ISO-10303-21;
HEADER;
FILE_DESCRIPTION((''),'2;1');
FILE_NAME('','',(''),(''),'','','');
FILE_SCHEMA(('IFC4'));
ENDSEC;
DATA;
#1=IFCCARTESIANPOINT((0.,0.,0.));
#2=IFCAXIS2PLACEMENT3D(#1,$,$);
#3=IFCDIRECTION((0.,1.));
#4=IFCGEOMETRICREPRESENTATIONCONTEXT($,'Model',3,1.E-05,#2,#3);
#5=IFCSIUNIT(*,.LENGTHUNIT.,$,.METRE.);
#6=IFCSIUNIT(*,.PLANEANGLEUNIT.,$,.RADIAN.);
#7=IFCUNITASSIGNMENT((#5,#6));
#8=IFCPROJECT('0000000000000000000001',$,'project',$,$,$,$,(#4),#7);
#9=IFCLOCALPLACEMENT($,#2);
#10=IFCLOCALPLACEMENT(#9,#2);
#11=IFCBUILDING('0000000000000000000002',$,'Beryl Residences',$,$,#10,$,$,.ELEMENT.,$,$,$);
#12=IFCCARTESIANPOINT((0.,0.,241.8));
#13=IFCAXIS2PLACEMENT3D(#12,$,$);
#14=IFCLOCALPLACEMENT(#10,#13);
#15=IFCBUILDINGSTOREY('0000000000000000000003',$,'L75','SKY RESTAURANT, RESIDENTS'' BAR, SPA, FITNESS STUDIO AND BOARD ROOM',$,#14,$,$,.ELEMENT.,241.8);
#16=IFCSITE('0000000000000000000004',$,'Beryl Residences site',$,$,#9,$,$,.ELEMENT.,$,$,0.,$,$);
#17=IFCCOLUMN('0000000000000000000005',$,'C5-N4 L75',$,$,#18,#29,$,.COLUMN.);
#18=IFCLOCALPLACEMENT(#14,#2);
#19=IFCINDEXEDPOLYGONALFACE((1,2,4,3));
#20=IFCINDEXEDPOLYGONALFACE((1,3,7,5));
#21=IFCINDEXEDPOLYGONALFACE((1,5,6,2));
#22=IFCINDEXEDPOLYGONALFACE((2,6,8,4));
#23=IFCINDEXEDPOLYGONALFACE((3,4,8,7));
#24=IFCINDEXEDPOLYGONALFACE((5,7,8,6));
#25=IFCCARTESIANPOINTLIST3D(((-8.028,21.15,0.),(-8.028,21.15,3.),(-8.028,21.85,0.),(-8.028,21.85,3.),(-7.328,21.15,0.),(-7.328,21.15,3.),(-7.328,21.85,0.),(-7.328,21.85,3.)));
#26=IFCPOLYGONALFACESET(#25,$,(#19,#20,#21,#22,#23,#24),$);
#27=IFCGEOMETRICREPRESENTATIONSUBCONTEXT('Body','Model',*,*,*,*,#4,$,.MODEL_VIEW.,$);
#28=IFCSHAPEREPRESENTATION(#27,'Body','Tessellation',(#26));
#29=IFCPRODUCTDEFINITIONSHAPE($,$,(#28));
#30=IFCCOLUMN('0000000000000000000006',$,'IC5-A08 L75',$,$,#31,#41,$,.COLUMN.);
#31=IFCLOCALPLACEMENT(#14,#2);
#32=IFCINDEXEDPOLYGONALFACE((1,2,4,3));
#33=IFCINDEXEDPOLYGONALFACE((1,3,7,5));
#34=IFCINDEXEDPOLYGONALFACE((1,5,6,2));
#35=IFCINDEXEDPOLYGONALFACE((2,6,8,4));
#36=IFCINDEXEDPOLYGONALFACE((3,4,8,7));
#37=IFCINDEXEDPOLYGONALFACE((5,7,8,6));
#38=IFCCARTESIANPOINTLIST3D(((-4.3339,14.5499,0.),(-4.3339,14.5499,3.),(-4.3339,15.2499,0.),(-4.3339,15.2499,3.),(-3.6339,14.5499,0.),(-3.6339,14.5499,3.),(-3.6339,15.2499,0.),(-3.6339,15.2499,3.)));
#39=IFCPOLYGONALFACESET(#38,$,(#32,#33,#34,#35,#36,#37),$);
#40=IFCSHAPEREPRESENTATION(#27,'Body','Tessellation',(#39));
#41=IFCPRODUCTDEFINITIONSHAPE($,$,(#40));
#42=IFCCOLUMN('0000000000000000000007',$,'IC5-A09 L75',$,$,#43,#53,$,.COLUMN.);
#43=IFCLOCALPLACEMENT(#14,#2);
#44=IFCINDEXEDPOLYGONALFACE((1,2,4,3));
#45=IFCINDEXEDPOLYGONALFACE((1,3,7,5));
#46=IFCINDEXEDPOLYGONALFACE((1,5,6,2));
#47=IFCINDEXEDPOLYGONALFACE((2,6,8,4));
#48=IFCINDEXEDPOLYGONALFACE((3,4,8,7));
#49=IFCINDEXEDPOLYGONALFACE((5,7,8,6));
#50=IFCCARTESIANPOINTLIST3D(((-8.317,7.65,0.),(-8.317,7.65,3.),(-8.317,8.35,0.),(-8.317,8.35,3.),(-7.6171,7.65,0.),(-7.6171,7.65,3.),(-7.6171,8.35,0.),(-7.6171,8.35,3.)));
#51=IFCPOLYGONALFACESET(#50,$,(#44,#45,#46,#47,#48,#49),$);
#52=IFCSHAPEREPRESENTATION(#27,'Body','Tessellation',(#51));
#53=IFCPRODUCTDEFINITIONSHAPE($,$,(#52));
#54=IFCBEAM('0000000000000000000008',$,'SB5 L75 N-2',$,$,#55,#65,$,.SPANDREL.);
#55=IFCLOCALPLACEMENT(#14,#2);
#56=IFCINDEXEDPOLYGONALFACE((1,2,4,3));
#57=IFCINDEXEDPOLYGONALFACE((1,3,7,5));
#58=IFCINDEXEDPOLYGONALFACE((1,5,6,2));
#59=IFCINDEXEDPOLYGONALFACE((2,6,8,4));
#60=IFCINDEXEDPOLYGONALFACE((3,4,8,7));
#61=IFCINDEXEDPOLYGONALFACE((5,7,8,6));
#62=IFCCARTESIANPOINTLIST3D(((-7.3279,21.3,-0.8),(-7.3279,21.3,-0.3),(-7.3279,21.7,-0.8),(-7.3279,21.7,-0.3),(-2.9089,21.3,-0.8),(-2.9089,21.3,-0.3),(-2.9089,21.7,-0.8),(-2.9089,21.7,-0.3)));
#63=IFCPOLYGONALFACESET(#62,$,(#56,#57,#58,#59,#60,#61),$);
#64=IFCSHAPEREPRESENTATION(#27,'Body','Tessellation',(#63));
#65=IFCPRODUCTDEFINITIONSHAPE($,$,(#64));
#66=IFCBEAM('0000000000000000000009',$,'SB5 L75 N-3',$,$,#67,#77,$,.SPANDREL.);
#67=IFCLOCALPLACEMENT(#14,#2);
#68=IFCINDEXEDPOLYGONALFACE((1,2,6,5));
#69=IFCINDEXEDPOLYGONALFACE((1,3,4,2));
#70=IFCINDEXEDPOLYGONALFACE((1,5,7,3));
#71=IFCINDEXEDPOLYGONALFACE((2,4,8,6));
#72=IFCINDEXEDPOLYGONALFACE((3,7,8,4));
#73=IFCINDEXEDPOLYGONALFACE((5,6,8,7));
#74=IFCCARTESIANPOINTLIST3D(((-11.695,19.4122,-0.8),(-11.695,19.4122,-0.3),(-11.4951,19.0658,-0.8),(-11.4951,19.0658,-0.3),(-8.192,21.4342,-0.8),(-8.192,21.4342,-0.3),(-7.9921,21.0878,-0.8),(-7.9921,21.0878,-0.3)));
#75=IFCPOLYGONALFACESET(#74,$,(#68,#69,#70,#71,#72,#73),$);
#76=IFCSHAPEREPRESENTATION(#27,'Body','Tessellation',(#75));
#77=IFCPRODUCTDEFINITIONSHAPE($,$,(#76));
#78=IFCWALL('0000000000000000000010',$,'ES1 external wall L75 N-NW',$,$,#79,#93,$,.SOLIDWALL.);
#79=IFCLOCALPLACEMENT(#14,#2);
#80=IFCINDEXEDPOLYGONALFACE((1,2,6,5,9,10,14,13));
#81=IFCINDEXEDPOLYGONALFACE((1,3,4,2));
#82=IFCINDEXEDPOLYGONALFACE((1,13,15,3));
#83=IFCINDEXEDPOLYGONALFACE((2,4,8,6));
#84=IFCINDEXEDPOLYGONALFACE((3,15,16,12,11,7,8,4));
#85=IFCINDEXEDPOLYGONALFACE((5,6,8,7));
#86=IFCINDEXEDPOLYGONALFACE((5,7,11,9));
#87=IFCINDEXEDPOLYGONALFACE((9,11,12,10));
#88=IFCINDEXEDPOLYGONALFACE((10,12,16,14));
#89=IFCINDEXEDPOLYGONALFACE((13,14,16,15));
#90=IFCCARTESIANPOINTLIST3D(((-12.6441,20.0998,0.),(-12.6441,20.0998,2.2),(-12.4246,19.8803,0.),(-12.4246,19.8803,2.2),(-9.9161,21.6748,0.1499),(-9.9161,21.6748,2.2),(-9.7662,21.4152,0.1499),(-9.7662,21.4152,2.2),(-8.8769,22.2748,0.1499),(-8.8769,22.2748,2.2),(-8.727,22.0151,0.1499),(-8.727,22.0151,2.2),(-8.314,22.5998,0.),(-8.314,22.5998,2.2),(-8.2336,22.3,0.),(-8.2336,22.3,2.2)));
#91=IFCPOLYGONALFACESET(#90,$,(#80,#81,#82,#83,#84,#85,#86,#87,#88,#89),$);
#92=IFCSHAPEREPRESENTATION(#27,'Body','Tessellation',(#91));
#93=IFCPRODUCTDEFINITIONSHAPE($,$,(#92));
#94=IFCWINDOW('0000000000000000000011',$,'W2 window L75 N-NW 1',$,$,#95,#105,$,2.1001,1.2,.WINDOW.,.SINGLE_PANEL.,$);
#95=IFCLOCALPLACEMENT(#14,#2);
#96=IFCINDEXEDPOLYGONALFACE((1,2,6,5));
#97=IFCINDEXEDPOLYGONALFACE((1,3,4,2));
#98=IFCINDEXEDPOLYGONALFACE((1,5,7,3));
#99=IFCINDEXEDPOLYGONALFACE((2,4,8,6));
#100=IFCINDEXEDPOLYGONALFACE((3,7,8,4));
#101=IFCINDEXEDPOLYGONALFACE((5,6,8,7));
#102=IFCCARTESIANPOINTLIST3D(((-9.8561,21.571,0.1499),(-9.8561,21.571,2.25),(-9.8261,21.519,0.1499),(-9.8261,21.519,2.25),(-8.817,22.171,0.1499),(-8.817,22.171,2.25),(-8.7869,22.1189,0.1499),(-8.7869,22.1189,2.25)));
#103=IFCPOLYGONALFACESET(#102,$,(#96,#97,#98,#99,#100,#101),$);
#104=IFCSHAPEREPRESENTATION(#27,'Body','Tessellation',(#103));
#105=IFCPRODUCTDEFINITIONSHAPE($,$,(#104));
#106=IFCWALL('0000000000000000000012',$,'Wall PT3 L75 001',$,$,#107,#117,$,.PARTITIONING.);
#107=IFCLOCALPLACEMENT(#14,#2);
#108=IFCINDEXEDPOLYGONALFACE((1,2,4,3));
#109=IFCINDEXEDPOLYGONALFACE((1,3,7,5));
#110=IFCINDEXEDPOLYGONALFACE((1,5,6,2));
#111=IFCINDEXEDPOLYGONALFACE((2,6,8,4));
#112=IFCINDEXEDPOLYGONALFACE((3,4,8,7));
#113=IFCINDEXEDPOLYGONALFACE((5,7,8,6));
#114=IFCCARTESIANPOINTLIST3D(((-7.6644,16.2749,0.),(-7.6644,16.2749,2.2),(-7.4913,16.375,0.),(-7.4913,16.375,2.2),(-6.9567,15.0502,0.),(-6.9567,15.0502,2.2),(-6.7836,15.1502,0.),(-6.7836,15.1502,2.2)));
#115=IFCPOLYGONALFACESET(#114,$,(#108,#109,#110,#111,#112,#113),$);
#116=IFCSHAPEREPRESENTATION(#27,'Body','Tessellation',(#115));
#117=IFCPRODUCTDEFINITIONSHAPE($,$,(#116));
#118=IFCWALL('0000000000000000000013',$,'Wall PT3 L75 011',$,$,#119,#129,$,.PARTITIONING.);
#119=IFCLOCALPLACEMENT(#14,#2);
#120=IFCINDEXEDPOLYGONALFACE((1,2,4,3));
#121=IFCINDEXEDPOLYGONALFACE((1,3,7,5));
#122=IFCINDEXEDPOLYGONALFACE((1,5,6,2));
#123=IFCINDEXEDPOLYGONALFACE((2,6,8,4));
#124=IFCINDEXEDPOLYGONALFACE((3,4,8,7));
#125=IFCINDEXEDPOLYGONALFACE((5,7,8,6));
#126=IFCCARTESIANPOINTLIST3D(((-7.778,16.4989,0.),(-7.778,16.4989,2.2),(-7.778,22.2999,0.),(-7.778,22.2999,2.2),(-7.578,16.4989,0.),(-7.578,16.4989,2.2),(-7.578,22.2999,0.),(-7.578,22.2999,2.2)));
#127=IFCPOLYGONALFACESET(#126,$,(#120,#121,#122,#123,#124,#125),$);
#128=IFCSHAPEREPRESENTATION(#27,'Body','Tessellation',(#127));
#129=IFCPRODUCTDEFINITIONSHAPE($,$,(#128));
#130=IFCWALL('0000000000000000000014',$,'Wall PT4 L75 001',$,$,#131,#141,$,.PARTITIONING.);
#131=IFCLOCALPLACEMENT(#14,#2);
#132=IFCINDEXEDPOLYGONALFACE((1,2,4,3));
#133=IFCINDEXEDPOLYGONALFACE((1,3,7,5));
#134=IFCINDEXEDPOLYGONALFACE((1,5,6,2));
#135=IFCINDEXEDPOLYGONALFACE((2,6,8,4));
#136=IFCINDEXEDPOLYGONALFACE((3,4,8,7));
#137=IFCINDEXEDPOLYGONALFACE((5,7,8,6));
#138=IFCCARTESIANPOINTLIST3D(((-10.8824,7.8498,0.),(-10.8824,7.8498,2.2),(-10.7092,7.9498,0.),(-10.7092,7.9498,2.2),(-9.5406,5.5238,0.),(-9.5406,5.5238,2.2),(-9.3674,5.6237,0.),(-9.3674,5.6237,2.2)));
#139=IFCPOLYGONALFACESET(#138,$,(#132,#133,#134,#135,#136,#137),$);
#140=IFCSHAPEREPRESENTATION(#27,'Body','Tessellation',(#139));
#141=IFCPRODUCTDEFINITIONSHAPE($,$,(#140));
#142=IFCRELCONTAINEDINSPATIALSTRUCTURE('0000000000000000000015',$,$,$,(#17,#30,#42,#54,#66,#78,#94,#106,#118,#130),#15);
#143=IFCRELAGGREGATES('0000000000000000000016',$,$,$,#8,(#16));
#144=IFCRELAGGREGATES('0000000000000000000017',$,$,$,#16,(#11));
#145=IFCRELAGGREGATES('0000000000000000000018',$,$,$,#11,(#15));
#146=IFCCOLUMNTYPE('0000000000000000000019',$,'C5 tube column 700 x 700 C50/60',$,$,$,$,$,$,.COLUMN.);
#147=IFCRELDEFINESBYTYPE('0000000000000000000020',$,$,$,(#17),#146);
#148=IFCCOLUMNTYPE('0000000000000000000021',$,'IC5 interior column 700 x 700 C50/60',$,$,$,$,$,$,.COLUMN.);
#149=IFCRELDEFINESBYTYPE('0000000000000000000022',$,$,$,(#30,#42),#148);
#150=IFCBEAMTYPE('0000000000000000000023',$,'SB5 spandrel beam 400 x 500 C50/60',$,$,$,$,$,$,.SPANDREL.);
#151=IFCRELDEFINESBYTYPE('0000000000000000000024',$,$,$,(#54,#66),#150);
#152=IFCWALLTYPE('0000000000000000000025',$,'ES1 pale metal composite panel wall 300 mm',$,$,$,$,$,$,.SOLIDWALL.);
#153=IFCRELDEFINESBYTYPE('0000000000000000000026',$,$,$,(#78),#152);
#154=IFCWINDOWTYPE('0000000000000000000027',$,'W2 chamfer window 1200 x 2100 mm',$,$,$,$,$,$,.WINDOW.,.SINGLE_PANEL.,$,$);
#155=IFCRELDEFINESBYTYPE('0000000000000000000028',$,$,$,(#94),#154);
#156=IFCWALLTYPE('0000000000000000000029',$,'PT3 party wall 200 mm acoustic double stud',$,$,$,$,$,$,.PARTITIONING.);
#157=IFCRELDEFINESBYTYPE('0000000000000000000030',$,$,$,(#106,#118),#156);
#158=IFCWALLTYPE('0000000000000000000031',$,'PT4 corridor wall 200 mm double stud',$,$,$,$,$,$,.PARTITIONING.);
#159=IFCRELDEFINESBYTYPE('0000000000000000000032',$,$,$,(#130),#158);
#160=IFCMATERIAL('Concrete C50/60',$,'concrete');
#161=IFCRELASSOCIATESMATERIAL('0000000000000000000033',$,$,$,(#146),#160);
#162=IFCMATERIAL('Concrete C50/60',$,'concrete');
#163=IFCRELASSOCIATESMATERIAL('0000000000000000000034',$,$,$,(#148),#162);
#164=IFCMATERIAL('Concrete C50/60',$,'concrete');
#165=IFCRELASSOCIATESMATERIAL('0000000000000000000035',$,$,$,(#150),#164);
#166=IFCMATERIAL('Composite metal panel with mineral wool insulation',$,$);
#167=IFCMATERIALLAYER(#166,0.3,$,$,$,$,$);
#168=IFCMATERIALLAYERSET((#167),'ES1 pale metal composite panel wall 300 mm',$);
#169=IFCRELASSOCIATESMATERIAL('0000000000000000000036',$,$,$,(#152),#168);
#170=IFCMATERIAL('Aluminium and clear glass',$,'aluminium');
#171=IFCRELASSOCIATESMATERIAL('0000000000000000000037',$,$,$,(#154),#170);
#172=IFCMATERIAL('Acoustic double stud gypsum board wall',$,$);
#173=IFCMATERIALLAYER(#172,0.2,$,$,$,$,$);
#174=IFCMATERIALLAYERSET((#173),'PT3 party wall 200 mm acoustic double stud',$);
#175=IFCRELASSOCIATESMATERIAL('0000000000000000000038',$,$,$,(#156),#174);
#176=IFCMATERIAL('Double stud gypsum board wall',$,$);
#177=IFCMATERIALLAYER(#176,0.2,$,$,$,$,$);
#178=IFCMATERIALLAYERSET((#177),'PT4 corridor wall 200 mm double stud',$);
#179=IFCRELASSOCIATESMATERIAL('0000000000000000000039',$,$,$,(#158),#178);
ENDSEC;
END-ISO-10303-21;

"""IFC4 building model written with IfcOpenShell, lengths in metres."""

from ifc_helpers import new_model, si_unit, direction, frame, frame_2d, origin, origin_2d, place, context, subcontext, project, spatial, polyline, rectangle, outline, extrude, material, layer, layer_set, material_profile, profile_set, type_object, element, fill, save


model = new_model("IFC4")

# Units and contexts
model_context = context("Model", 3, precision=1e-05, world=origin(), true_north=direction((0.0, 1.0)))
body_context = subcontext(model_context, "Body", "Model", "MODEL_VIEW")
ifc_project = project(units=[si_unit("LENGTHUNIT", "METRE"), si_unit("PLANEANGLEUNIT", "RADIAN")], contexts=[model_context])

# Site, building, storey
site_placement = place(None, origin())
site = spatial("IfcSite", under=ifc_project, at=site_placement, Name="Beryl Residences site", CompositionType="ELEMENT", RefElevation=0.0)
building_placement = place(site_placement, origin())
building = spatial("IfcBuilding", under=site, at=building_placement, Name="Beryl Residences", CompositionType="ELEMENT")
storey_placement = place(building_placement, frame((0.0, 0.0, 241.8)))
storey = spatial("IfcBuildingStorey", under=building, at=storey_placement, Name="L75", Description="SKY RESTAURANT, RESIDENTS' BAR, SPA, FITNESS STUDIO AND BOARD ROOM", CompositionType="ELEMENT", Elevation=241.8)

# Columns
ifc_material_1 = material(Name="Concrete C50/60", Category="concrete")
ifc_material_profile_1 = material_profile(ifc_material_1, rectangle(XDim=0.7, YDim=0.7, at=origin_2d()))
ifc_profile_set_1 = profile_set([ifc_material_profile_1], Name="Concrete C50/60")
column_type_1 = type_object("IfcColumnType", Name="C5 tube column 700 x 700 C50/60", PredefinedType="COLUMN", material=ifc_profile_set_1)
column_placement = place(storey_placement, frame((-7.678, 21.5, 0.0), z_axis=(0.0, 0.0, 1.0), x_axis=(-1.0, 0.0, 0.0)))
element("IfcColumn", 1, at=column_placement, inside=storey, type_object=column_type_1, Name="C5-N4 L75", PredefinedType="COLUMN", context=body_context, shape_type="SweptSolid", body=[
    extrude(rectangle(XDim=0.7, YDim=0.7, at=origin_2d()), origin(), (0.0, 0.0, 1.0), 3.0),
])
ifc_material_2 = material(Name="Concrete C50/60", Category="concrete")
ifc_material_profile_2 = material_profile(ifc_material_2, rectangle(XDim=0.7, YDim=0.7, at=origin_2d()))
ifc_profile_set_2 = profile_set([ifc_material_profile_2], Name="Concrete C50/60")
column_type_2 = type_object("IfcColumnType", Name="IC5 interior column 700 x 700 C50/60", PredefinedType="COLUMN", material=ifc_profile_set_2)
for number, where, z_axis, x_axis, name in (
    (2, (-3.9839, 14.8999, 0.0), (0.0, 0.0, 1.0), (1.0, 0.0, 0.0), "IC5-A08 L75"),
    (3, (-7.967, 8.0, 0.0), (0.0, 0.0, 1.0), (1.0, 0.0, 0.0), "IC5-A09 L75"),
):
    element("IfcColumn", number, at=place(storey_placement, frame(where, z_axis=z_axis, x_axis=x_axis)), inside=storey, type_object=column_type_2, Name=name, PredefinedType="COLUMN", context=body_context, shape_type="SweptSolid", body=[
        extrude(rectangle(XDim=0.7, YDim=0.7, at=origin_2d()), origin(), (0.0, 0.0, 1.0), 3.0),
    ])

# Beams
ifc_material_3 = material(Name="Concrete C50/60", Category="concrete")
ifc_material_profile_3 = material_profile(ifc_material_3, rectangle(XDim=0.3999, YDim=0.5, at=origin_2d()))
ifc_profile_set_3 = profile_set([ifc_material_profile_3], Name="Concrete C50/60")
beam_type = type_object("IfcBeamType", Name="SB5 spandrel beam 400 x 500 C50/60", PredefinedType="SPANDREL", material=ifc_profile_set_3)
beam_1_placement = place(storey_placement, frame((-2.9089, 21.5, -0.55), z_axis=(-1.0, 0.0, 0.0), x_axis=(0.0, -1.0, 0.0)))
element("IfcBeam", 4, at=beam_1_placement, inside=storey, type_object=beam_type, Name="SB5 L75 N-2", PredefinedType="SPANDREL", context=body_context, shape_type="SweptSolid", body=[
    extrude(rectangle(XDim=0.3999, YDim=0.5, at=origin_2d()), origin(), (0.0, 0.0, 1.0), 4.4189),
])
beam_2_placement = place(storey_placement, frame((-8.092, 21.261, -0.55), z_axis=(-0.866073, -0.499918, 0.0), x_axis=(0.499918, -0.866073, 0.0)))
element("IfcBeam", 5, at=beam_2_placement, inside=storey, type_object=beam_type, Name="SB5 L75 N-3", PredefinedType="SPANDREL", context=body_context, shape_type="SweptSolid", body=[
    extrude(rectangle(XDim=0.3999, YDim=0.5, at=origin_2d()), origin(), (0.0, 0.0, 1.0), 4.0447),
])

# Wall, opening, window
ifc_material_4 = material(Name="Composite metal panel with mineral wool insulation")
ifc_layer_1 = layer(ifc_material_4, 0.3)
ifc_layer_set_1 = layer_set([ifc_layer_1], Name="ES1 pale metal composite panel wall 300 mm")
wall_type_1 = type_object("IfcWallType", Name="ES1 pale metal composite panel wall 300 mm", PredefinedType="SOLIDWALL", material=ifc_layer_set_1)
wall_1_placement = place(storey_placement, frame((-8.239, 22.47, 0.0), z_axis=(0.0, 0.0, 1.0), x_axis=(-0.866023, -0.500004, 0.0)))
wall_1 = element("IfcWall", 6, at=wall_1_placement, inside=storey, type_object=wall_type_1, Name="ES1 external wall L75 N-NW", PredefinedType="SOLIDWALL", context=body_context, shape_type="SweptSolid", body=[
    extrude(outline(polyline([(0.0, -0.1499), (5.0, -0.1499), (4.9197, 0.1499), (0.0803, 0.1499), (0.0, -0.1499)])), origin(), (0.0, 0.0, 1.0), 2.2),
])
opening_1_placement = place(wall_1_placement, frame((0.6499, 0.0, 0.1499)))
opening_1 = element("IfcOpeningElement", 7, at=opening_1_placement, cuts=wall_1, PredefinedType="OPENING", context=body_context, shape_type="SweptSolid", body=[
    extrude(rectangle(XDim=1.2, YDim=2.1001, at=frame_2d((0.6001, 1.05))), frame((0.0, 0.1599, 0.0), z_axis=(0.0, -1.0, 0.0), x_axis=(1.0, 0.0, 0.0)), (0.0, 0.0, 1.0), 0.3201),
])
ifc_material_5 = material(Name="Aluminium and clear glass", Category="aluminium")
window_type = type_object("IfcWindowType", Name="W2 chamfer window 1200 x 2100 mm", PartitioningType="SINGLE_PANEL", PredefinedType="WINDOW", material=ifc_material_5)
window_placement = place(opening_1_placement, origin())
window = element("IfcWindow", 8, at=window_placement, inside=storey, type_object=window_type, Name="W2 window L75 N-NW 1", OverallHeight=2.1001, OverallWidth=1.2, PartitioningType="SINGLE_PANEL", PredefinedType="WINDOW", context=body_context, shape_type="SweptSolid", body=[
    extrude(rectangle(XDim=1.2, YDim=2.1001, at=frame_2d((0.6001, 1.05))), frame((0.0, 0.03, 0.0), z_axis=(0.0, -1.0, 0.0), x_axis=(1.0, 0.0, 0.0)), (0.0, 0.0, 1.0), 0.0601),
])
fill(opening_1, window)

# Walls
ifc_material_6 = material(Name="Acoustic double stud gypsum board wall")
ifc_layer_2 = layer(ifc_material_6, 0.2)
ifc_layer_set_2 = layer_set([ifc_layer_2], Name="PT3 party wall 200 mm acoustic double stud")
wall_type_2 = type_object("IfcWallType", Name="PT3 party wall 200 mm acoustic double stud", PredefinedType="PARTITIONING", material=ifc_layer_set_2)
wall_2_placement = place(storey_placement, frame((-7.5779, 16.325, 0.0), z_axis=(0.0, 0.0, 1.0), x_axis=(0.500315, -0.865843, 0.0)))
element("IfcWall", 9, at=wall_2_placement, inside=storey, type_object=wall_type_2, Name="Wall PT3 L75 001", PredefinedType="PARTITIONING", context=body_context, shape_type="SweptSolid", body=[
    extrude(rectangle(XDim=1.4146, YDim=0.2, at=frame_2d((0.7073, 0.0))), origin(), (0.0, 0.0, 1.0), 2.2),
])
wall_3_placement = place(storey_placement, frame((-7.678, 16.499, 0.0), z_axis=(0.0, 0.0, 1.0), x_axis=(0.0, 1.0, 0.0)))
element("IfcWall", 10, at=wall_3_placement, inside=storey, type_object=wall_type_2, Name="Wall PT3 L75 011", PredefinedType="PARTITIONING", context=body_context, shape_type="SweptSolid", body=[
    extrude(rectangle(XDim=5.801, YDim=0.2, at=frame_2d((2.9004, 0.0))), origin(), (0.0, 0.0, 1.0), 2.2),
])
ifc_material_7 = material(Name="Double stud gypsum board wall")
ifc_layer_3 = layer(ifc_material_7, 0.2)
ifc_layer_set_3 = layer_set([ifc_layer_3], Name="PT4 corridor wall 200 mm double stud")
wall_type_3 = type_object("IfcWallType", Name="PT4 corridor wall 200 mm double stud", PredefinedType="PARTITIONING", material=ifc_layer_set_3)
wall_4_placement = place(storey_placement, frame((-10.7959, 7.8999, 0.0), z_axis=(0.0, 0.0, 1.0), x_axis=(0.499699, -0.866199, 0.0)))
element("IfcWall", 11, at=wall_4_placement, inside=storey, type_object=wall_type_3, Name="Wall PT4 L75 001", PredefinedType="PARTITIONING", context=body_context, shape_type="SweptSolid", body=[
    extrude(rectangle(XDim=2.6853, YDim=0.2, at=frame_2d((1.3428, 0.0))), origin(), (0.0, 0.0, 1.0), 2.2),
])

save(model, "model.ifc")
